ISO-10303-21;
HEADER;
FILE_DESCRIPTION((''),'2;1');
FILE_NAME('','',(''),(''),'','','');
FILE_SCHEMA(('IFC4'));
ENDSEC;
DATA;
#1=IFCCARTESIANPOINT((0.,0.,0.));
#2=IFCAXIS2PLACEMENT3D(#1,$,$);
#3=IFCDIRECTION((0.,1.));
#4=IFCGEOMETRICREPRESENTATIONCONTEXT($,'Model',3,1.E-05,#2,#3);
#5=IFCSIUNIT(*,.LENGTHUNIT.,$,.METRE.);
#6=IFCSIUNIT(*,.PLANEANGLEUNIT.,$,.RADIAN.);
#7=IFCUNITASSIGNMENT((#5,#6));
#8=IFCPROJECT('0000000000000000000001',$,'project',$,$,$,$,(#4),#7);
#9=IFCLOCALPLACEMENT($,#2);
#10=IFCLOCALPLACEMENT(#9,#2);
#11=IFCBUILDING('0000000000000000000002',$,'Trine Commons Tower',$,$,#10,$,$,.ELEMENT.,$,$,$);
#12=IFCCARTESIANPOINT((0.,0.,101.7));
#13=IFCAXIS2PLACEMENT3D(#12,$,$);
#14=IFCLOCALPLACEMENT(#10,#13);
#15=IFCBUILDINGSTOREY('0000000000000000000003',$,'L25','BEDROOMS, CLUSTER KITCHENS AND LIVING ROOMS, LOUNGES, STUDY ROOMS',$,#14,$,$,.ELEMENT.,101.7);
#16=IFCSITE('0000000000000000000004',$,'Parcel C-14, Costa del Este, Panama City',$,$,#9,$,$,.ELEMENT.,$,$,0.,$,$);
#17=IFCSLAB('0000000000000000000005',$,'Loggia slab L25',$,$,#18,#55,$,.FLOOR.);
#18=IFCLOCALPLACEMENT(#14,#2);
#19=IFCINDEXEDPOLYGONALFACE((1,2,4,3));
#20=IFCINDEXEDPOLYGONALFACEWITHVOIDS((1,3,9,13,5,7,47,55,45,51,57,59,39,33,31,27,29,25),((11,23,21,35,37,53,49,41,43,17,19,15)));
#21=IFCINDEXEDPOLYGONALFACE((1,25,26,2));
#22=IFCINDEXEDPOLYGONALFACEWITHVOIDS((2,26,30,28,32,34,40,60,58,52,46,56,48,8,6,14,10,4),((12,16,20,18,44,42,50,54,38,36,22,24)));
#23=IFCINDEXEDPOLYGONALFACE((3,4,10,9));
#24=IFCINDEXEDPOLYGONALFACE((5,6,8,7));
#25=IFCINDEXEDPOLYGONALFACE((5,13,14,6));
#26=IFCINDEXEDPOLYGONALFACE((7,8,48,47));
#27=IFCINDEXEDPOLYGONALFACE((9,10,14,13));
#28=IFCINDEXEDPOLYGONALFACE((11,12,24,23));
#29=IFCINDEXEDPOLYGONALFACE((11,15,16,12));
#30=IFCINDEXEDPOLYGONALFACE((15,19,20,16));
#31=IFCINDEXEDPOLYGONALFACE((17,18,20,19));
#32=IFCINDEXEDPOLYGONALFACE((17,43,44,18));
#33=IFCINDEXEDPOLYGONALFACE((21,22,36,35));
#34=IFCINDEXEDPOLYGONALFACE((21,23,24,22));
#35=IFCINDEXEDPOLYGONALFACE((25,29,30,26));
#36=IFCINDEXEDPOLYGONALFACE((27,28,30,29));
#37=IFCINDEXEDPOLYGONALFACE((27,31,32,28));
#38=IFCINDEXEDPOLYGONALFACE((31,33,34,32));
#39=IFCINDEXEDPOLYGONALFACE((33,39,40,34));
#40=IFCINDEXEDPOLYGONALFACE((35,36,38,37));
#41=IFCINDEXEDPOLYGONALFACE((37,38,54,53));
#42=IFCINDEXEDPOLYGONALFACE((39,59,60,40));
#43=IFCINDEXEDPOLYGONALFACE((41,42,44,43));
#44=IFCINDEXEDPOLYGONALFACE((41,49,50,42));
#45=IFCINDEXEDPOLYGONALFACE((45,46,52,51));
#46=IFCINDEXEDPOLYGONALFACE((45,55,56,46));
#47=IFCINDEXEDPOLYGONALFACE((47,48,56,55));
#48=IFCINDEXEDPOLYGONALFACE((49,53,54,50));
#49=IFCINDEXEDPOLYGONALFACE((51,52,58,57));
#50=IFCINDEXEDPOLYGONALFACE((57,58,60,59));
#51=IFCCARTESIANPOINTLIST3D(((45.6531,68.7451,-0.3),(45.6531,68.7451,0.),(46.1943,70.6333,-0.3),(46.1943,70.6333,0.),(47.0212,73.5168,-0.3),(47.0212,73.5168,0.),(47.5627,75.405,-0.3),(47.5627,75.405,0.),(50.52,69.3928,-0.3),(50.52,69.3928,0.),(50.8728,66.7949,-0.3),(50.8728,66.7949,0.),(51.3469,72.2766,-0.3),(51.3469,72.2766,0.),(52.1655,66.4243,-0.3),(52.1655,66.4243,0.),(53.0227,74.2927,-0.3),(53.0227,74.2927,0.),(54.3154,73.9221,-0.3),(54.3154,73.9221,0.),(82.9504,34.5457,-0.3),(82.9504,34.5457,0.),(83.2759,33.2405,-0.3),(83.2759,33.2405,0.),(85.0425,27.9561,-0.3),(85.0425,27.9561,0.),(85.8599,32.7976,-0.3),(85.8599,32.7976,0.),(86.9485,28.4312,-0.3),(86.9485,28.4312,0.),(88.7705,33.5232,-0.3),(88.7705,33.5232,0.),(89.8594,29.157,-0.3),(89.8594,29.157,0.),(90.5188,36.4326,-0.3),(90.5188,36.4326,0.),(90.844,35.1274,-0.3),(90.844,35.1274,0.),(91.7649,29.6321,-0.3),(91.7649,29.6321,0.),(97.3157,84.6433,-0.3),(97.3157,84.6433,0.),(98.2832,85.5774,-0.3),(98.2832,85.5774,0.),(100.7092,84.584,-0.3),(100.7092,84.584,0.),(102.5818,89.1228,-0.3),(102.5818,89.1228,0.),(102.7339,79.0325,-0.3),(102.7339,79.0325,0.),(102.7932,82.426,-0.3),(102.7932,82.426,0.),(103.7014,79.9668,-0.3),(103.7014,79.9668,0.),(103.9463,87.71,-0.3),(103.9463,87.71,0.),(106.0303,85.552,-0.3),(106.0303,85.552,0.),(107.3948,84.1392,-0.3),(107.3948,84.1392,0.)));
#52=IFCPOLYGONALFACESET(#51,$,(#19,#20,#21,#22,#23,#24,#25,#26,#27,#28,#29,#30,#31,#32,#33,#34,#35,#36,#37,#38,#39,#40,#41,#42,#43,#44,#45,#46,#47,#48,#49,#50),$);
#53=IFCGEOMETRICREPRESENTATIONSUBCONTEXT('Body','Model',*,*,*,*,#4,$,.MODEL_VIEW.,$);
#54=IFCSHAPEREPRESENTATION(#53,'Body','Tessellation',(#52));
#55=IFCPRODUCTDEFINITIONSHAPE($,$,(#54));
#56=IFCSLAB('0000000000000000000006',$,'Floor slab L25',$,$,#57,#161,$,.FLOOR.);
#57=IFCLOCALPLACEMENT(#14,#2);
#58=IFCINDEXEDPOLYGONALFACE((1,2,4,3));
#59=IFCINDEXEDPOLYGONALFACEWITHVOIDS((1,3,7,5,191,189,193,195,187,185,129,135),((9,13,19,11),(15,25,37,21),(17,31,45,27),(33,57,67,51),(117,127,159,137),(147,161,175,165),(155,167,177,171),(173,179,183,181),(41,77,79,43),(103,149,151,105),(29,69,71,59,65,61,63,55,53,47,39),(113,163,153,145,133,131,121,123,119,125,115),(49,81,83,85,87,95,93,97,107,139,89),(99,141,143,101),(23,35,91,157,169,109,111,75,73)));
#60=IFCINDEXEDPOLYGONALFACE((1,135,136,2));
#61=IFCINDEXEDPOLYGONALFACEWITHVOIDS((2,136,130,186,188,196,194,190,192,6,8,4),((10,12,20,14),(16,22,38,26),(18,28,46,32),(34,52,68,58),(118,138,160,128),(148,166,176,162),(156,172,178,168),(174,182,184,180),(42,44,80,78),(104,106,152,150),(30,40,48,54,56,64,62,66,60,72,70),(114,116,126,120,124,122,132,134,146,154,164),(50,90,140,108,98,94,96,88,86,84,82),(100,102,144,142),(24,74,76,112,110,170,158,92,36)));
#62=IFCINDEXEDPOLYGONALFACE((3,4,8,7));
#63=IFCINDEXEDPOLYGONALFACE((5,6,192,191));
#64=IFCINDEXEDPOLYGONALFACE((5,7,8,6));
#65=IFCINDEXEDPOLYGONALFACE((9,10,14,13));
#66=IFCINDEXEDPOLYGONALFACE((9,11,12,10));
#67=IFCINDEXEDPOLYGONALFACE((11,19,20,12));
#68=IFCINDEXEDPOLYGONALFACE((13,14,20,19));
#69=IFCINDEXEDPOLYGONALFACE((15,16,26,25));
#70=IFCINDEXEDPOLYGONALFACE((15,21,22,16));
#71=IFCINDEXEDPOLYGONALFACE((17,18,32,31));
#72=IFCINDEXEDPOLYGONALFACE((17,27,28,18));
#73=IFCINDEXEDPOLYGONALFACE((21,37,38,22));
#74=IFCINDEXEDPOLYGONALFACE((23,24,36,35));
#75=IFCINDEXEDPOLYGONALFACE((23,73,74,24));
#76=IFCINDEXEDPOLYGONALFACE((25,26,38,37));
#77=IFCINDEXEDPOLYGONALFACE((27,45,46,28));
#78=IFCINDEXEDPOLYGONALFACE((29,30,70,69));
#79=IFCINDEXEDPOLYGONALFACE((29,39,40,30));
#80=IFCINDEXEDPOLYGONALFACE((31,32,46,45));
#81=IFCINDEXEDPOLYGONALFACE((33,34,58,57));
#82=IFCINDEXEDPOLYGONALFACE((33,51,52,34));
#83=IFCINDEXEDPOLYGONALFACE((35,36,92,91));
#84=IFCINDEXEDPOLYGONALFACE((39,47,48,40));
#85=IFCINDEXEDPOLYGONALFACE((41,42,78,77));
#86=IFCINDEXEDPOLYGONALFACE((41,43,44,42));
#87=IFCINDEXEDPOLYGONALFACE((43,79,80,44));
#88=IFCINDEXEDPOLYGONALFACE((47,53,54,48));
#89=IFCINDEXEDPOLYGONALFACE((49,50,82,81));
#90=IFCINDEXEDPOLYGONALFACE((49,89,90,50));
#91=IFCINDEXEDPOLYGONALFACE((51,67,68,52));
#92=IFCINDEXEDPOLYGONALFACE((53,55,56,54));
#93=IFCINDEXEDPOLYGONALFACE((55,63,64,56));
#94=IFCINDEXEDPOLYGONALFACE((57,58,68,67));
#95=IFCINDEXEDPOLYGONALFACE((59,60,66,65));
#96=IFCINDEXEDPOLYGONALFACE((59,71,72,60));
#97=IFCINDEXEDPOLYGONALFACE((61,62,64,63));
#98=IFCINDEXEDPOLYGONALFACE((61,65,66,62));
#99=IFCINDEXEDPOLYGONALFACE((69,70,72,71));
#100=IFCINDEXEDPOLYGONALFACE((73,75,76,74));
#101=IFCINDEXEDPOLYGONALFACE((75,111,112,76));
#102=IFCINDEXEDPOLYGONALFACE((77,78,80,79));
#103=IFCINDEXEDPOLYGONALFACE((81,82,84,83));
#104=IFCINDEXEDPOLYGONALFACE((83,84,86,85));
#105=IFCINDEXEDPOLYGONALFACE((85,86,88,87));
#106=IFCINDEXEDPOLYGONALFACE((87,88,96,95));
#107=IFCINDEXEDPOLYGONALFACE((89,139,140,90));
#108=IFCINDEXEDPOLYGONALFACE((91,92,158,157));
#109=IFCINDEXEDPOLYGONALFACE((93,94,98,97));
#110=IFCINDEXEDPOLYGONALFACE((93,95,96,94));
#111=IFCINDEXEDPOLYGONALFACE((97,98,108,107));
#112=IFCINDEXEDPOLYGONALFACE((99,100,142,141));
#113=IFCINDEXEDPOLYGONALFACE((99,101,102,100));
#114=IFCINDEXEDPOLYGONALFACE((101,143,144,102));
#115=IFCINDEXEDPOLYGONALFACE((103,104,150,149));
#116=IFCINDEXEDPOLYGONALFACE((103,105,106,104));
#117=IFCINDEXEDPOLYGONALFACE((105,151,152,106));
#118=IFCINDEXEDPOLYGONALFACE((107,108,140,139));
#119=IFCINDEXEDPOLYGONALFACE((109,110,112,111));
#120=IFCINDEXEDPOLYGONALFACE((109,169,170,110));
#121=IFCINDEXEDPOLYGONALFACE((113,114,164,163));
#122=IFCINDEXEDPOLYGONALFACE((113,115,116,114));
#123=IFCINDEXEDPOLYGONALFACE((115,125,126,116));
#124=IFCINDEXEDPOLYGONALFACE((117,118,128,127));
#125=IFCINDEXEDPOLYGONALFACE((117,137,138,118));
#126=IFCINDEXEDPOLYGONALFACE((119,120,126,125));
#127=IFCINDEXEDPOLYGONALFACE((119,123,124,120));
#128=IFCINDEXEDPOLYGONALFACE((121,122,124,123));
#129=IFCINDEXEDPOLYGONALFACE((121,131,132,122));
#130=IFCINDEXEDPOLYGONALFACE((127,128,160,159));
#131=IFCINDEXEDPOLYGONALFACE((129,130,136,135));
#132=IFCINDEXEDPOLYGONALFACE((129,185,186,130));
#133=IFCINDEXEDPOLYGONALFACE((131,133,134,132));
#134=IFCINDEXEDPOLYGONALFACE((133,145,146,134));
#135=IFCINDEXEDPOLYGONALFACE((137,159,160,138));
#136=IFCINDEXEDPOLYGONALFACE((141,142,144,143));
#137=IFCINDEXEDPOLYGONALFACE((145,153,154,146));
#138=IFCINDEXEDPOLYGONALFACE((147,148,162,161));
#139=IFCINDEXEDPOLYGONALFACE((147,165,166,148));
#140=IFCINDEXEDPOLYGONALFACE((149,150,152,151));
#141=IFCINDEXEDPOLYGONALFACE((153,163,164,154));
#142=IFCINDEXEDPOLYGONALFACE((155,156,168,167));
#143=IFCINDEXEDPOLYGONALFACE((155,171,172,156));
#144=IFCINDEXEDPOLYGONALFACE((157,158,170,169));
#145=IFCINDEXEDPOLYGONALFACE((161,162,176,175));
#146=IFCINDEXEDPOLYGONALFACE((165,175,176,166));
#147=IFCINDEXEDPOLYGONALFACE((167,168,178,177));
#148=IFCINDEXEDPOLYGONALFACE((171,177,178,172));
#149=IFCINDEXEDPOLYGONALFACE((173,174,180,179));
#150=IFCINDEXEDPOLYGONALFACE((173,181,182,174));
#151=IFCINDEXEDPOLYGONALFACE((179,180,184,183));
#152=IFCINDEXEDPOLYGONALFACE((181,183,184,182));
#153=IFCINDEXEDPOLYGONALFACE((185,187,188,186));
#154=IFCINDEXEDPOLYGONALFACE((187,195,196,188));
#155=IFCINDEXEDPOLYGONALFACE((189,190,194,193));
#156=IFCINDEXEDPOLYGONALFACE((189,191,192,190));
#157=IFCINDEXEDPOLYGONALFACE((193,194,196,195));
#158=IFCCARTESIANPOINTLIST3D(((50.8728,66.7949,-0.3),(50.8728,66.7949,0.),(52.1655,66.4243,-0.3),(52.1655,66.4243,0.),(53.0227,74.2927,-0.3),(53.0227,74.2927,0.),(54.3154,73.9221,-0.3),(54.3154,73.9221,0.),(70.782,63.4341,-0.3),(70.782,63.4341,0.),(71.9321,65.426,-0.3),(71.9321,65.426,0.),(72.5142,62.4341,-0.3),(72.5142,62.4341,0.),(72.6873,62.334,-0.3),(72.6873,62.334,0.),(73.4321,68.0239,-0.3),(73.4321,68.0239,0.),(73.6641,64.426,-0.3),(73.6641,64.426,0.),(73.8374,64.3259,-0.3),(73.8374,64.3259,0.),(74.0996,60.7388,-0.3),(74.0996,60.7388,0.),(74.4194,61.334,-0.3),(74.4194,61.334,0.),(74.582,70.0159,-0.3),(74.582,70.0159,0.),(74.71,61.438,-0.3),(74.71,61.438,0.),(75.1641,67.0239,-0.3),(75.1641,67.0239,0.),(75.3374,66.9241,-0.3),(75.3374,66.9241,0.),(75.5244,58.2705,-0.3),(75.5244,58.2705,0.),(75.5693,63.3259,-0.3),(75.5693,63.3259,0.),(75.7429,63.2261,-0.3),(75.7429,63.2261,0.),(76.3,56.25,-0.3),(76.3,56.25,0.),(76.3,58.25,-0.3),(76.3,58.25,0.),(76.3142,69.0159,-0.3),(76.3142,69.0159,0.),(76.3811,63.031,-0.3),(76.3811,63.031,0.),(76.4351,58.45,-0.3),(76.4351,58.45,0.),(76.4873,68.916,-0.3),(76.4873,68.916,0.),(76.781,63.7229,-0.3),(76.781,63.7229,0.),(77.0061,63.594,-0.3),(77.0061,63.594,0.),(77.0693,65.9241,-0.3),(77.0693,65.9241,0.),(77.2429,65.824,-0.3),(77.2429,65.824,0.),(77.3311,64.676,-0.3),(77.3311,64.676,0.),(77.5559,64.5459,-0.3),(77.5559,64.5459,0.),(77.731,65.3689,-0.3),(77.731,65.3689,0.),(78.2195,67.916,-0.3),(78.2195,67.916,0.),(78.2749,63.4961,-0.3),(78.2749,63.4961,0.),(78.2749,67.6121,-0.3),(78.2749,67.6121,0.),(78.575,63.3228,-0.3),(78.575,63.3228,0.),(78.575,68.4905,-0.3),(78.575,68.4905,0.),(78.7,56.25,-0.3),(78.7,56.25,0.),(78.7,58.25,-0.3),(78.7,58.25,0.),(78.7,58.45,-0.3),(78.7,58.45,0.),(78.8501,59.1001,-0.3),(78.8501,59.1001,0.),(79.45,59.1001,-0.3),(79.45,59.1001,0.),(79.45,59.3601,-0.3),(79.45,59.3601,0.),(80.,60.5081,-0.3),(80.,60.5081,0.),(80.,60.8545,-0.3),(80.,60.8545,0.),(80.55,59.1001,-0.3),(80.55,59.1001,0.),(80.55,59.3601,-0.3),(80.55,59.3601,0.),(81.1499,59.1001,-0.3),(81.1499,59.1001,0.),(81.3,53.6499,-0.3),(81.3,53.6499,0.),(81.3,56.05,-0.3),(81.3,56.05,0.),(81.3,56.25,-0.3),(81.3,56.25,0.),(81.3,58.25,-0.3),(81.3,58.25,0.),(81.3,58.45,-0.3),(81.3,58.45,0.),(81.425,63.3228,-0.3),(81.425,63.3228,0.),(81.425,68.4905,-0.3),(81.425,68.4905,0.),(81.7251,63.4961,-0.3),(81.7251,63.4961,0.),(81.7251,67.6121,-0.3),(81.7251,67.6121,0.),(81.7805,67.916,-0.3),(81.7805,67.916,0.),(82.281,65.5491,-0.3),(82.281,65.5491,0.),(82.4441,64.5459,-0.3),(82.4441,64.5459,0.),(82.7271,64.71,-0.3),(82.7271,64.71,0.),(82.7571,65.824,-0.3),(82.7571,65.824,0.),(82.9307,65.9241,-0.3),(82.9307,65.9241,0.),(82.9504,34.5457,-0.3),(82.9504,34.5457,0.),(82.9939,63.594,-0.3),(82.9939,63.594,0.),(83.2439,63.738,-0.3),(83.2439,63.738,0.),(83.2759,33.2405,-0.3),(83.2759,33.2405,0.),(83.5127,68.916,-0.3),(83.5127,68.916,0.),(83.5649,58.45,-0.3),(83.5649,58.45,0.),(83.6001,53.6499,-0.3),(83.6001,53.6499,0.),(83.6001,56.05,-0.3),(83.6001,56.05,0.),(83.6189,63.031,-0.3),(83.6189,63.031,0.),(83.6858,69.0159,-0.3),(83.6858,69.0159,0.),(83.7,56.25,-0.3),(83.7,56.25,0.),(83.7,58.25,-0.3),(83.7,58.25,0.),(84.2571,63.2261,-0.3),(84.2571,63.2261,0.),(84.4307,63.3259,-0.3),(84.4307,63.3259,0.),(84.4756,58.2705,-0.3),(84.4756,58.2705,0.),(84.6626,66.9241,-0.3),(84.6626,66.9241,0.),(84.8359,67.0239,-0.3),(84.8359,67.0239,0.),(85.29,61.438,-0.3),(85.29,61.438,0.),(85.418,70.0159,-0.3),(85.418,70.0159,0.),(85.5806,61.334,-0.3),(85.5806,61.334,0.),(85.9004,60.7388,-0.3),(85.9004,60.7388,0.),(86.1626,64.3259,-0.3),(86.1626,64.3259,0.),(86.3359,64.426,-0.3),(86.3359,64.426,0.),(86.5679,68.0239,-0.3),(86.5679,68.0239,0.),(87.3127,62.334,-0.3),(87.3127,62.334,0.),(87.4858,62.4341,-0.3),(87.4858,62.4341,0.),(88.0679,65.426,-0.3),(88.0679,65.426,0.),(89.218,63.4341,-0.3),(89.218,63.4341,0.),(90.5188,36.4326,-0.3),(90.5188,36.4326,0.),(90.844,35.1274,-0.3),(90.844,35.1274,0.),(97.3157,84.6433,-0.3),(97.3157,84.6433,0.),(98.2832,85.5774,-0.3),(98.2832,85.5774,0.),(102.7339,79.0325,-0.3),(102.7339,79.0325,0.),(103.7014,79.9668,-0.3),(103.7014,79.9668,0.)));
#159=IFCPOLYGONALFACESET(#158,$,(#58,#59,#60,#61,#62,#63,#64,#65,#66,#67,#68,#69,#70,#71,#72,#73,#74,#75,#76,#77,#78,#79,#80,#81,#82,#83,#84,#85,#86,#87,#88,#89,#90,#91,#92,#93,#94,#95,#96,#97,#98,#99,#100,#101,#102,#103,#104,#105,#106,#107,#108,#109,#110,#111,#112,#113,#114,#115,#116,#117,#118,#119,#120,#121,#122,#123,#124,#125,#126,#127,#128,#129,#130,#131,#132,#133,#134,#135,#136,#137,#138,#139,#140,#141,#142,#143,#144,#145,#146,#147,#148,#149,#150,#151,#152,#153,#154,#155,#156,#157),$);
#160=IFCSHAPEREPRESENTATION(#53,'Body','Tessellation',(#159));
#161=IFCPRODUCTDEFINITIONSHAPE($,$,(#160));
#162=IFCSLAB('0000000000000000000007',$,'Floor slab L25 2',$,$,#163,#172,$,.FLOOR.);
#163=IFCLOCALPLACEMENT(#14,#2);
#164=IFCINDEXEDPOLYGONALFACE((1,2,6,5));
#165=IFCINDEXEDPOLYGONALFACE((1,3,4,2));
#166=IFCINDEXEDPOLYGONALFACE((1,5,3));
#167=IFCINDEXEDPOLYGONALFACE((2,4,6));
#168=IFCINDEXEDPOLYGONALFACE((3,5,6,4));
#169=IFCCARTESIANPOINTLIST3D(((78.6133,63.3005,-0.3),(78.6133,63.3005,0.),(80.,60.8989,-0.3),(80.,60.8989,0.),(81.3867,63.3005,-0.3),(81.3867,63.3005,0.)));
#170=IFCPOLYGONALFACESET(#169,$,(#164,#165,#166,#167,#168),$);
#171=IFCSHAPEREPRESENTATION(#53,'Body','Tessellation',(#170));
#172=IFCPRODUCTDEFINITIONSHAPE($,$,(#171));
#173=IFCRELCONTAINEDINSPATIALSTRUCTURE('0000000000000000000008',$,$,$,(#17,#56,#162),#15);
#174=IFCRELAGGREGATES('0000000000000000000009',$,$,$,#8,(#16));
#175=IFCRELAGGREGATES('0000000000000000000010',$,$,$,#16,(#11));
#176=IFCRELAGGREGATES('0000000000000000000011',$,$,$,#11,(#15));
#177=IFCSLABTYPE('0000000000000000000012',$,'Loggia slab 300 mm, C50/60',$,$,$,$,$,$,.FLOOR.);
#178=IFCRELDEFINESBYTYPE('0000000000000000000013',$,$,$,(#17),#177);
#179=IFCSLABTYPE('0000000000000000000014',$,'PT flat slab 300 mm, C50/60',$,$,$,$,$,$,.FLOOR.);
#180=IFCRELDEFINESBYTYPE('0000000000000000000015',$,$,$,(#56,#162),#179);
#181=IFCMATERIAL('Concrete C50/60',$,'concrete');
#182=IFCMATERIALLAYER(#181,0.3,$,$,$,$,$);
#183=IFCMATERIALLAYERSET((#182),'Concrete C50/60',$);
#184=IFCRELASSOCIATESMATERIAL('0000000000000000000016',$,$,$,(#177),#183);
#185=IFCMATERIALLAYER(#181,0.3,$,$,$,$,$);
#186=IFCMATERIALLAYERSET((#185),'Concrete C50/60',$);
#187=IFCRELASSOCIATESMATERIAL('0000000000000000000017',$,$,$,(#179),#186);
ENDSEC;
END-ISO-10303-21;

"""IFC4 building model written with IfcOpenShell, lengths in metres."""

from ifc_helpers import new_model, si_unit, direction, frame, origin, place, context, subcontext, project, spatial, polyline, outline, extrude, material, layer, layer_set, type_object, element, save


model = new_model("IFC4")

# Units and contexts
model_context = context("Model", 3, precision=1e-05, world=origin(), true_north=direction((0.0, 1.0)))
body_context = subcontext(model_context, "Body", "Model", "MODEL_VIEW")
ifc_project = project(units=[si_unit("LENGTHUNIT", "METRE"), si_unit("PLANEANGLEUNIT", "RADIAN")], contexts=[model_context])

# Site, building, storey
site_placement = place(None, origin())
site = spatial("IfcSite", under=ifc_project, at=site_placement, Name="Parcel C-14, Costa del Este, Panama City", CompositionType="ELEMENT", RefElevation=0.0)
building_placement = place(site_placement, origin())
building = spatial("IfcBuilding", under=site, at=building_placement, Name="Trine Commons Tower", CompositionType="ELEMENT")
storey_placement = place(building_placement, frame((0.0, 0.0, 101.7)))
storey = spatial("IfcBuildingStorey", under=building, at=storey_placement, Name="L25", Description="BEDROOMS, CLUSTER KITCHENS AND LIVING ROOMS, LOUNGES, STUDY ROOMS", CompositionType="ELEMENT", Elevation=101.7)

# Slabs
ifc_material_1 = material(Name="Concrete C50/60", Category="concrete")
ifc_layer_1 = layer(ifc_material_1, 0.3)
ifc_layer_set_1 = layer_set([ifc_layer_1], Name="Concrete C50/60")
slab_type_1 = type_object("IfcSlabType", Name="Loggia slab 300 mm, C50/60", PredefinedType="FLOOR", material=ifc_layer_set_1)
slab_1_placement = place(storey_placement, frame((0.0, 0.0, -0.3)))
element("IfcSlab", 1, at=slab_1_placement, inside=storey, type_object=slab_type_1, Name="Loggia slab L25", PredefinedType="FLOOR", context=body_context, shape_type="SweptSolid", body=[
    extrude(outline(polyline([(91.7649, 29.6321), (107.3948, 84.1392), (106.0303, 85.552), (102.7932, 82.426), (100.7092, 84.584), (103.9463, 87.71), (102.5818, 89.1228), (47.5627, 75.405), (47.0212, 73.5168), (51.3469, 72.2766), (50.52, 69.3928), (46.1943, 70.6333), (45.6531, 68.7451), (85.0425, 27.9561), (86.9485, 28.4312), (85.8599, 32.7976), (88.7705, 33.5232), (89.8594, 29.157), (91.7649, 29.6321)]), holes=[polyline([(83.2759, 33.2405), (82.9504, 34.5457), (90.5188, 36.4326), (90.844, 35.1274), (103.7014, 79.9668), (102.7339, 79.0325), (97.3157, 84.6433), (98.2832, 85.5774), (53.0227, 74.2927), (54.3154, 73.9221), (52.1655, 66.4243), (50.8728, 66.7949), (83.2759, 33.2405)])]), origin(), (0.0, 0.0, 1.0), 0.3),
])
ifc_layer_2 = layer(ifc_material_1, 0.3)
ifc_layer_set_2 = layer_set([ifc_layer_2], Name="Concrete C50/60")
slab_type_2 = type_object("IfcSlabType", Name="PT flat slab 300 mm, C50/60", PredefinedType="FLOOR", material=ifc_layer_set_2)
slab_2_placement = place(storey_placement, frame((0.0, 0.0, -0.3)))
element("IfcSlab", 2, at=slab_2_placement, inside=storey, type_object=slab_type_2, Name="Floor slab L25", PredefinedType="FLOOR", context=body_context, shape_type="SweptSolid", body=[
    extrude(outline(polyline([(50.8728, 66.7949), (83.2759, 33.2405), (82.9504, 34.5457), (90.5188, 36.4326), (90.844, 35.1274), (103.7014, 79.9668), (102.7339, 79.0325), (97.3157, 84.6433), (98.2832, 85.5774), (53.0227, 74.2927), (54.3154, 73.9221), (52.1655, 66.4243), (50.8728, 66.7949)]), holes=[polyline([(76.3, 56.25), (78.7, 56.25), (78.7, 58.25), (76.3, 58.25), (76.3, 56.25)]), polyline([(81.1499, 59.1001), (81.3, 58.45), (83.5649, 58.45), (80.0, 60.5081), (76.4351, 58.45), (78.7, 58.45), (78.8501, 59.1001), (79.45, 59.1001), (79.45, 59.3601), (80.55, 59.3601), (80.55, 59.1001), (81.1499, 59.1001)]), polyline([(80.0, 60.8545), (84.4756, 58.2705), (85.9004, 60.7388), (81.425, 63.3228), (81.425, 68.4905), (78.575, 68.4905), (78.575, 63.3228), (74.0996, 60.7388), (75.5244, 58.2705), (80.0, 60.8545)]), polyline([(73.8374, 64.3259), (72.6873, 62.334), (74.4194, 61.334), (75.5693, 63.3259), (73.8374, 64.3259)]), polyline([(71.9321, 65.426), (70.782, 63.4341), (72.5142, 62.4341), (73.6641, 64.426), (71.9321, 65.426)]), polyline([(76.781, 63.7229), (76.3811, 63.031), (75.7429, 63.2261), (74.71, 61.438), (78.2749, 63.4961), (78.2749, 67.6121), (77.2429, 65.824), (77.731, 65.3689), (77.3311, 64.676), (77.5559, 64.5459), (77.0061, 63.594), (76.781, 63.7229)]), polyline([(76.4873, 68.916), (75.3374, 66.9241), (77.0693, 65.9241), (78.2195, 67.916), (76.4873, 68.916)]), polyline([(74.582, 70.0159), (73.4321, 68.0239), (75.1641, 67.0239), (76.3142, 69.0159), (74.582, 70.0159)]), polyline([(81.3, 53.6499), (83.6001, 53.6499), (83.6001, 56.05), (81.3, 56.05), (81.3, 53.6499)]), polyline([(81.3, 56.25), (83.7, 56.25), (83.7, 58.25), (81.3, 58.25), (81.3, 56.25)]), polyline([(87.3127, 62.334), (86.1626, 64.3259), (84.4307, 63.3259), (85.5806, 61.334), (87.3127, 62.334)]), polyline([(89.218, 63.4341), (88.0679, 65.426), (86.3359, 64.426), (87.4858, 62.4341), (89.218, 63.4341)]), polyline([(83.2439, 63.738), (82.9939, 63.594), (82.4441, 64.5459), (82.7271, 64.71), (82.281, 65.5491), (82.7571, 65.824), (81.7251, 67.6121), (81.7251, 63.4961), (85.29, 61.438), (84.2571, 63.2261), (83.6189, 63.031), (83.2439, 63.738)]), polyline([(82.9307, 65.9241), (84.6626, 66.9241), (83.5127, 68.916), (81.7805, 67.916), (82.9307, 65.9241)]), polyline([(84.8359, 67.0239), (86.5679, 68.0239), (85.418, 70.0159), (83.6858, 69.0159), (84.8359, 67.0239)])]), origin(), (0.0, 0.0, 1.0), 0.3),
])
slab_3_placement = place(storey_placement, frame((0.0, 0.0, -0.3)))
element("IfcSlab", 3, at=slab_3_placement, inside=storey, type_object=slab_type_2, Name="Floor slab L25 2", PredefinedType="FLOOR", context=body_context, shape_type="SweptSolid", body=[
    extrude(outline(polyline([(78.6133, 63.3005), (80.0, 60.8989), (81.3867, 63.3005), (78.6133, 63.3005)])), origin(), (0.0, 0.0, 1.0), 0.3),
])

save(model, "model.ifc")
